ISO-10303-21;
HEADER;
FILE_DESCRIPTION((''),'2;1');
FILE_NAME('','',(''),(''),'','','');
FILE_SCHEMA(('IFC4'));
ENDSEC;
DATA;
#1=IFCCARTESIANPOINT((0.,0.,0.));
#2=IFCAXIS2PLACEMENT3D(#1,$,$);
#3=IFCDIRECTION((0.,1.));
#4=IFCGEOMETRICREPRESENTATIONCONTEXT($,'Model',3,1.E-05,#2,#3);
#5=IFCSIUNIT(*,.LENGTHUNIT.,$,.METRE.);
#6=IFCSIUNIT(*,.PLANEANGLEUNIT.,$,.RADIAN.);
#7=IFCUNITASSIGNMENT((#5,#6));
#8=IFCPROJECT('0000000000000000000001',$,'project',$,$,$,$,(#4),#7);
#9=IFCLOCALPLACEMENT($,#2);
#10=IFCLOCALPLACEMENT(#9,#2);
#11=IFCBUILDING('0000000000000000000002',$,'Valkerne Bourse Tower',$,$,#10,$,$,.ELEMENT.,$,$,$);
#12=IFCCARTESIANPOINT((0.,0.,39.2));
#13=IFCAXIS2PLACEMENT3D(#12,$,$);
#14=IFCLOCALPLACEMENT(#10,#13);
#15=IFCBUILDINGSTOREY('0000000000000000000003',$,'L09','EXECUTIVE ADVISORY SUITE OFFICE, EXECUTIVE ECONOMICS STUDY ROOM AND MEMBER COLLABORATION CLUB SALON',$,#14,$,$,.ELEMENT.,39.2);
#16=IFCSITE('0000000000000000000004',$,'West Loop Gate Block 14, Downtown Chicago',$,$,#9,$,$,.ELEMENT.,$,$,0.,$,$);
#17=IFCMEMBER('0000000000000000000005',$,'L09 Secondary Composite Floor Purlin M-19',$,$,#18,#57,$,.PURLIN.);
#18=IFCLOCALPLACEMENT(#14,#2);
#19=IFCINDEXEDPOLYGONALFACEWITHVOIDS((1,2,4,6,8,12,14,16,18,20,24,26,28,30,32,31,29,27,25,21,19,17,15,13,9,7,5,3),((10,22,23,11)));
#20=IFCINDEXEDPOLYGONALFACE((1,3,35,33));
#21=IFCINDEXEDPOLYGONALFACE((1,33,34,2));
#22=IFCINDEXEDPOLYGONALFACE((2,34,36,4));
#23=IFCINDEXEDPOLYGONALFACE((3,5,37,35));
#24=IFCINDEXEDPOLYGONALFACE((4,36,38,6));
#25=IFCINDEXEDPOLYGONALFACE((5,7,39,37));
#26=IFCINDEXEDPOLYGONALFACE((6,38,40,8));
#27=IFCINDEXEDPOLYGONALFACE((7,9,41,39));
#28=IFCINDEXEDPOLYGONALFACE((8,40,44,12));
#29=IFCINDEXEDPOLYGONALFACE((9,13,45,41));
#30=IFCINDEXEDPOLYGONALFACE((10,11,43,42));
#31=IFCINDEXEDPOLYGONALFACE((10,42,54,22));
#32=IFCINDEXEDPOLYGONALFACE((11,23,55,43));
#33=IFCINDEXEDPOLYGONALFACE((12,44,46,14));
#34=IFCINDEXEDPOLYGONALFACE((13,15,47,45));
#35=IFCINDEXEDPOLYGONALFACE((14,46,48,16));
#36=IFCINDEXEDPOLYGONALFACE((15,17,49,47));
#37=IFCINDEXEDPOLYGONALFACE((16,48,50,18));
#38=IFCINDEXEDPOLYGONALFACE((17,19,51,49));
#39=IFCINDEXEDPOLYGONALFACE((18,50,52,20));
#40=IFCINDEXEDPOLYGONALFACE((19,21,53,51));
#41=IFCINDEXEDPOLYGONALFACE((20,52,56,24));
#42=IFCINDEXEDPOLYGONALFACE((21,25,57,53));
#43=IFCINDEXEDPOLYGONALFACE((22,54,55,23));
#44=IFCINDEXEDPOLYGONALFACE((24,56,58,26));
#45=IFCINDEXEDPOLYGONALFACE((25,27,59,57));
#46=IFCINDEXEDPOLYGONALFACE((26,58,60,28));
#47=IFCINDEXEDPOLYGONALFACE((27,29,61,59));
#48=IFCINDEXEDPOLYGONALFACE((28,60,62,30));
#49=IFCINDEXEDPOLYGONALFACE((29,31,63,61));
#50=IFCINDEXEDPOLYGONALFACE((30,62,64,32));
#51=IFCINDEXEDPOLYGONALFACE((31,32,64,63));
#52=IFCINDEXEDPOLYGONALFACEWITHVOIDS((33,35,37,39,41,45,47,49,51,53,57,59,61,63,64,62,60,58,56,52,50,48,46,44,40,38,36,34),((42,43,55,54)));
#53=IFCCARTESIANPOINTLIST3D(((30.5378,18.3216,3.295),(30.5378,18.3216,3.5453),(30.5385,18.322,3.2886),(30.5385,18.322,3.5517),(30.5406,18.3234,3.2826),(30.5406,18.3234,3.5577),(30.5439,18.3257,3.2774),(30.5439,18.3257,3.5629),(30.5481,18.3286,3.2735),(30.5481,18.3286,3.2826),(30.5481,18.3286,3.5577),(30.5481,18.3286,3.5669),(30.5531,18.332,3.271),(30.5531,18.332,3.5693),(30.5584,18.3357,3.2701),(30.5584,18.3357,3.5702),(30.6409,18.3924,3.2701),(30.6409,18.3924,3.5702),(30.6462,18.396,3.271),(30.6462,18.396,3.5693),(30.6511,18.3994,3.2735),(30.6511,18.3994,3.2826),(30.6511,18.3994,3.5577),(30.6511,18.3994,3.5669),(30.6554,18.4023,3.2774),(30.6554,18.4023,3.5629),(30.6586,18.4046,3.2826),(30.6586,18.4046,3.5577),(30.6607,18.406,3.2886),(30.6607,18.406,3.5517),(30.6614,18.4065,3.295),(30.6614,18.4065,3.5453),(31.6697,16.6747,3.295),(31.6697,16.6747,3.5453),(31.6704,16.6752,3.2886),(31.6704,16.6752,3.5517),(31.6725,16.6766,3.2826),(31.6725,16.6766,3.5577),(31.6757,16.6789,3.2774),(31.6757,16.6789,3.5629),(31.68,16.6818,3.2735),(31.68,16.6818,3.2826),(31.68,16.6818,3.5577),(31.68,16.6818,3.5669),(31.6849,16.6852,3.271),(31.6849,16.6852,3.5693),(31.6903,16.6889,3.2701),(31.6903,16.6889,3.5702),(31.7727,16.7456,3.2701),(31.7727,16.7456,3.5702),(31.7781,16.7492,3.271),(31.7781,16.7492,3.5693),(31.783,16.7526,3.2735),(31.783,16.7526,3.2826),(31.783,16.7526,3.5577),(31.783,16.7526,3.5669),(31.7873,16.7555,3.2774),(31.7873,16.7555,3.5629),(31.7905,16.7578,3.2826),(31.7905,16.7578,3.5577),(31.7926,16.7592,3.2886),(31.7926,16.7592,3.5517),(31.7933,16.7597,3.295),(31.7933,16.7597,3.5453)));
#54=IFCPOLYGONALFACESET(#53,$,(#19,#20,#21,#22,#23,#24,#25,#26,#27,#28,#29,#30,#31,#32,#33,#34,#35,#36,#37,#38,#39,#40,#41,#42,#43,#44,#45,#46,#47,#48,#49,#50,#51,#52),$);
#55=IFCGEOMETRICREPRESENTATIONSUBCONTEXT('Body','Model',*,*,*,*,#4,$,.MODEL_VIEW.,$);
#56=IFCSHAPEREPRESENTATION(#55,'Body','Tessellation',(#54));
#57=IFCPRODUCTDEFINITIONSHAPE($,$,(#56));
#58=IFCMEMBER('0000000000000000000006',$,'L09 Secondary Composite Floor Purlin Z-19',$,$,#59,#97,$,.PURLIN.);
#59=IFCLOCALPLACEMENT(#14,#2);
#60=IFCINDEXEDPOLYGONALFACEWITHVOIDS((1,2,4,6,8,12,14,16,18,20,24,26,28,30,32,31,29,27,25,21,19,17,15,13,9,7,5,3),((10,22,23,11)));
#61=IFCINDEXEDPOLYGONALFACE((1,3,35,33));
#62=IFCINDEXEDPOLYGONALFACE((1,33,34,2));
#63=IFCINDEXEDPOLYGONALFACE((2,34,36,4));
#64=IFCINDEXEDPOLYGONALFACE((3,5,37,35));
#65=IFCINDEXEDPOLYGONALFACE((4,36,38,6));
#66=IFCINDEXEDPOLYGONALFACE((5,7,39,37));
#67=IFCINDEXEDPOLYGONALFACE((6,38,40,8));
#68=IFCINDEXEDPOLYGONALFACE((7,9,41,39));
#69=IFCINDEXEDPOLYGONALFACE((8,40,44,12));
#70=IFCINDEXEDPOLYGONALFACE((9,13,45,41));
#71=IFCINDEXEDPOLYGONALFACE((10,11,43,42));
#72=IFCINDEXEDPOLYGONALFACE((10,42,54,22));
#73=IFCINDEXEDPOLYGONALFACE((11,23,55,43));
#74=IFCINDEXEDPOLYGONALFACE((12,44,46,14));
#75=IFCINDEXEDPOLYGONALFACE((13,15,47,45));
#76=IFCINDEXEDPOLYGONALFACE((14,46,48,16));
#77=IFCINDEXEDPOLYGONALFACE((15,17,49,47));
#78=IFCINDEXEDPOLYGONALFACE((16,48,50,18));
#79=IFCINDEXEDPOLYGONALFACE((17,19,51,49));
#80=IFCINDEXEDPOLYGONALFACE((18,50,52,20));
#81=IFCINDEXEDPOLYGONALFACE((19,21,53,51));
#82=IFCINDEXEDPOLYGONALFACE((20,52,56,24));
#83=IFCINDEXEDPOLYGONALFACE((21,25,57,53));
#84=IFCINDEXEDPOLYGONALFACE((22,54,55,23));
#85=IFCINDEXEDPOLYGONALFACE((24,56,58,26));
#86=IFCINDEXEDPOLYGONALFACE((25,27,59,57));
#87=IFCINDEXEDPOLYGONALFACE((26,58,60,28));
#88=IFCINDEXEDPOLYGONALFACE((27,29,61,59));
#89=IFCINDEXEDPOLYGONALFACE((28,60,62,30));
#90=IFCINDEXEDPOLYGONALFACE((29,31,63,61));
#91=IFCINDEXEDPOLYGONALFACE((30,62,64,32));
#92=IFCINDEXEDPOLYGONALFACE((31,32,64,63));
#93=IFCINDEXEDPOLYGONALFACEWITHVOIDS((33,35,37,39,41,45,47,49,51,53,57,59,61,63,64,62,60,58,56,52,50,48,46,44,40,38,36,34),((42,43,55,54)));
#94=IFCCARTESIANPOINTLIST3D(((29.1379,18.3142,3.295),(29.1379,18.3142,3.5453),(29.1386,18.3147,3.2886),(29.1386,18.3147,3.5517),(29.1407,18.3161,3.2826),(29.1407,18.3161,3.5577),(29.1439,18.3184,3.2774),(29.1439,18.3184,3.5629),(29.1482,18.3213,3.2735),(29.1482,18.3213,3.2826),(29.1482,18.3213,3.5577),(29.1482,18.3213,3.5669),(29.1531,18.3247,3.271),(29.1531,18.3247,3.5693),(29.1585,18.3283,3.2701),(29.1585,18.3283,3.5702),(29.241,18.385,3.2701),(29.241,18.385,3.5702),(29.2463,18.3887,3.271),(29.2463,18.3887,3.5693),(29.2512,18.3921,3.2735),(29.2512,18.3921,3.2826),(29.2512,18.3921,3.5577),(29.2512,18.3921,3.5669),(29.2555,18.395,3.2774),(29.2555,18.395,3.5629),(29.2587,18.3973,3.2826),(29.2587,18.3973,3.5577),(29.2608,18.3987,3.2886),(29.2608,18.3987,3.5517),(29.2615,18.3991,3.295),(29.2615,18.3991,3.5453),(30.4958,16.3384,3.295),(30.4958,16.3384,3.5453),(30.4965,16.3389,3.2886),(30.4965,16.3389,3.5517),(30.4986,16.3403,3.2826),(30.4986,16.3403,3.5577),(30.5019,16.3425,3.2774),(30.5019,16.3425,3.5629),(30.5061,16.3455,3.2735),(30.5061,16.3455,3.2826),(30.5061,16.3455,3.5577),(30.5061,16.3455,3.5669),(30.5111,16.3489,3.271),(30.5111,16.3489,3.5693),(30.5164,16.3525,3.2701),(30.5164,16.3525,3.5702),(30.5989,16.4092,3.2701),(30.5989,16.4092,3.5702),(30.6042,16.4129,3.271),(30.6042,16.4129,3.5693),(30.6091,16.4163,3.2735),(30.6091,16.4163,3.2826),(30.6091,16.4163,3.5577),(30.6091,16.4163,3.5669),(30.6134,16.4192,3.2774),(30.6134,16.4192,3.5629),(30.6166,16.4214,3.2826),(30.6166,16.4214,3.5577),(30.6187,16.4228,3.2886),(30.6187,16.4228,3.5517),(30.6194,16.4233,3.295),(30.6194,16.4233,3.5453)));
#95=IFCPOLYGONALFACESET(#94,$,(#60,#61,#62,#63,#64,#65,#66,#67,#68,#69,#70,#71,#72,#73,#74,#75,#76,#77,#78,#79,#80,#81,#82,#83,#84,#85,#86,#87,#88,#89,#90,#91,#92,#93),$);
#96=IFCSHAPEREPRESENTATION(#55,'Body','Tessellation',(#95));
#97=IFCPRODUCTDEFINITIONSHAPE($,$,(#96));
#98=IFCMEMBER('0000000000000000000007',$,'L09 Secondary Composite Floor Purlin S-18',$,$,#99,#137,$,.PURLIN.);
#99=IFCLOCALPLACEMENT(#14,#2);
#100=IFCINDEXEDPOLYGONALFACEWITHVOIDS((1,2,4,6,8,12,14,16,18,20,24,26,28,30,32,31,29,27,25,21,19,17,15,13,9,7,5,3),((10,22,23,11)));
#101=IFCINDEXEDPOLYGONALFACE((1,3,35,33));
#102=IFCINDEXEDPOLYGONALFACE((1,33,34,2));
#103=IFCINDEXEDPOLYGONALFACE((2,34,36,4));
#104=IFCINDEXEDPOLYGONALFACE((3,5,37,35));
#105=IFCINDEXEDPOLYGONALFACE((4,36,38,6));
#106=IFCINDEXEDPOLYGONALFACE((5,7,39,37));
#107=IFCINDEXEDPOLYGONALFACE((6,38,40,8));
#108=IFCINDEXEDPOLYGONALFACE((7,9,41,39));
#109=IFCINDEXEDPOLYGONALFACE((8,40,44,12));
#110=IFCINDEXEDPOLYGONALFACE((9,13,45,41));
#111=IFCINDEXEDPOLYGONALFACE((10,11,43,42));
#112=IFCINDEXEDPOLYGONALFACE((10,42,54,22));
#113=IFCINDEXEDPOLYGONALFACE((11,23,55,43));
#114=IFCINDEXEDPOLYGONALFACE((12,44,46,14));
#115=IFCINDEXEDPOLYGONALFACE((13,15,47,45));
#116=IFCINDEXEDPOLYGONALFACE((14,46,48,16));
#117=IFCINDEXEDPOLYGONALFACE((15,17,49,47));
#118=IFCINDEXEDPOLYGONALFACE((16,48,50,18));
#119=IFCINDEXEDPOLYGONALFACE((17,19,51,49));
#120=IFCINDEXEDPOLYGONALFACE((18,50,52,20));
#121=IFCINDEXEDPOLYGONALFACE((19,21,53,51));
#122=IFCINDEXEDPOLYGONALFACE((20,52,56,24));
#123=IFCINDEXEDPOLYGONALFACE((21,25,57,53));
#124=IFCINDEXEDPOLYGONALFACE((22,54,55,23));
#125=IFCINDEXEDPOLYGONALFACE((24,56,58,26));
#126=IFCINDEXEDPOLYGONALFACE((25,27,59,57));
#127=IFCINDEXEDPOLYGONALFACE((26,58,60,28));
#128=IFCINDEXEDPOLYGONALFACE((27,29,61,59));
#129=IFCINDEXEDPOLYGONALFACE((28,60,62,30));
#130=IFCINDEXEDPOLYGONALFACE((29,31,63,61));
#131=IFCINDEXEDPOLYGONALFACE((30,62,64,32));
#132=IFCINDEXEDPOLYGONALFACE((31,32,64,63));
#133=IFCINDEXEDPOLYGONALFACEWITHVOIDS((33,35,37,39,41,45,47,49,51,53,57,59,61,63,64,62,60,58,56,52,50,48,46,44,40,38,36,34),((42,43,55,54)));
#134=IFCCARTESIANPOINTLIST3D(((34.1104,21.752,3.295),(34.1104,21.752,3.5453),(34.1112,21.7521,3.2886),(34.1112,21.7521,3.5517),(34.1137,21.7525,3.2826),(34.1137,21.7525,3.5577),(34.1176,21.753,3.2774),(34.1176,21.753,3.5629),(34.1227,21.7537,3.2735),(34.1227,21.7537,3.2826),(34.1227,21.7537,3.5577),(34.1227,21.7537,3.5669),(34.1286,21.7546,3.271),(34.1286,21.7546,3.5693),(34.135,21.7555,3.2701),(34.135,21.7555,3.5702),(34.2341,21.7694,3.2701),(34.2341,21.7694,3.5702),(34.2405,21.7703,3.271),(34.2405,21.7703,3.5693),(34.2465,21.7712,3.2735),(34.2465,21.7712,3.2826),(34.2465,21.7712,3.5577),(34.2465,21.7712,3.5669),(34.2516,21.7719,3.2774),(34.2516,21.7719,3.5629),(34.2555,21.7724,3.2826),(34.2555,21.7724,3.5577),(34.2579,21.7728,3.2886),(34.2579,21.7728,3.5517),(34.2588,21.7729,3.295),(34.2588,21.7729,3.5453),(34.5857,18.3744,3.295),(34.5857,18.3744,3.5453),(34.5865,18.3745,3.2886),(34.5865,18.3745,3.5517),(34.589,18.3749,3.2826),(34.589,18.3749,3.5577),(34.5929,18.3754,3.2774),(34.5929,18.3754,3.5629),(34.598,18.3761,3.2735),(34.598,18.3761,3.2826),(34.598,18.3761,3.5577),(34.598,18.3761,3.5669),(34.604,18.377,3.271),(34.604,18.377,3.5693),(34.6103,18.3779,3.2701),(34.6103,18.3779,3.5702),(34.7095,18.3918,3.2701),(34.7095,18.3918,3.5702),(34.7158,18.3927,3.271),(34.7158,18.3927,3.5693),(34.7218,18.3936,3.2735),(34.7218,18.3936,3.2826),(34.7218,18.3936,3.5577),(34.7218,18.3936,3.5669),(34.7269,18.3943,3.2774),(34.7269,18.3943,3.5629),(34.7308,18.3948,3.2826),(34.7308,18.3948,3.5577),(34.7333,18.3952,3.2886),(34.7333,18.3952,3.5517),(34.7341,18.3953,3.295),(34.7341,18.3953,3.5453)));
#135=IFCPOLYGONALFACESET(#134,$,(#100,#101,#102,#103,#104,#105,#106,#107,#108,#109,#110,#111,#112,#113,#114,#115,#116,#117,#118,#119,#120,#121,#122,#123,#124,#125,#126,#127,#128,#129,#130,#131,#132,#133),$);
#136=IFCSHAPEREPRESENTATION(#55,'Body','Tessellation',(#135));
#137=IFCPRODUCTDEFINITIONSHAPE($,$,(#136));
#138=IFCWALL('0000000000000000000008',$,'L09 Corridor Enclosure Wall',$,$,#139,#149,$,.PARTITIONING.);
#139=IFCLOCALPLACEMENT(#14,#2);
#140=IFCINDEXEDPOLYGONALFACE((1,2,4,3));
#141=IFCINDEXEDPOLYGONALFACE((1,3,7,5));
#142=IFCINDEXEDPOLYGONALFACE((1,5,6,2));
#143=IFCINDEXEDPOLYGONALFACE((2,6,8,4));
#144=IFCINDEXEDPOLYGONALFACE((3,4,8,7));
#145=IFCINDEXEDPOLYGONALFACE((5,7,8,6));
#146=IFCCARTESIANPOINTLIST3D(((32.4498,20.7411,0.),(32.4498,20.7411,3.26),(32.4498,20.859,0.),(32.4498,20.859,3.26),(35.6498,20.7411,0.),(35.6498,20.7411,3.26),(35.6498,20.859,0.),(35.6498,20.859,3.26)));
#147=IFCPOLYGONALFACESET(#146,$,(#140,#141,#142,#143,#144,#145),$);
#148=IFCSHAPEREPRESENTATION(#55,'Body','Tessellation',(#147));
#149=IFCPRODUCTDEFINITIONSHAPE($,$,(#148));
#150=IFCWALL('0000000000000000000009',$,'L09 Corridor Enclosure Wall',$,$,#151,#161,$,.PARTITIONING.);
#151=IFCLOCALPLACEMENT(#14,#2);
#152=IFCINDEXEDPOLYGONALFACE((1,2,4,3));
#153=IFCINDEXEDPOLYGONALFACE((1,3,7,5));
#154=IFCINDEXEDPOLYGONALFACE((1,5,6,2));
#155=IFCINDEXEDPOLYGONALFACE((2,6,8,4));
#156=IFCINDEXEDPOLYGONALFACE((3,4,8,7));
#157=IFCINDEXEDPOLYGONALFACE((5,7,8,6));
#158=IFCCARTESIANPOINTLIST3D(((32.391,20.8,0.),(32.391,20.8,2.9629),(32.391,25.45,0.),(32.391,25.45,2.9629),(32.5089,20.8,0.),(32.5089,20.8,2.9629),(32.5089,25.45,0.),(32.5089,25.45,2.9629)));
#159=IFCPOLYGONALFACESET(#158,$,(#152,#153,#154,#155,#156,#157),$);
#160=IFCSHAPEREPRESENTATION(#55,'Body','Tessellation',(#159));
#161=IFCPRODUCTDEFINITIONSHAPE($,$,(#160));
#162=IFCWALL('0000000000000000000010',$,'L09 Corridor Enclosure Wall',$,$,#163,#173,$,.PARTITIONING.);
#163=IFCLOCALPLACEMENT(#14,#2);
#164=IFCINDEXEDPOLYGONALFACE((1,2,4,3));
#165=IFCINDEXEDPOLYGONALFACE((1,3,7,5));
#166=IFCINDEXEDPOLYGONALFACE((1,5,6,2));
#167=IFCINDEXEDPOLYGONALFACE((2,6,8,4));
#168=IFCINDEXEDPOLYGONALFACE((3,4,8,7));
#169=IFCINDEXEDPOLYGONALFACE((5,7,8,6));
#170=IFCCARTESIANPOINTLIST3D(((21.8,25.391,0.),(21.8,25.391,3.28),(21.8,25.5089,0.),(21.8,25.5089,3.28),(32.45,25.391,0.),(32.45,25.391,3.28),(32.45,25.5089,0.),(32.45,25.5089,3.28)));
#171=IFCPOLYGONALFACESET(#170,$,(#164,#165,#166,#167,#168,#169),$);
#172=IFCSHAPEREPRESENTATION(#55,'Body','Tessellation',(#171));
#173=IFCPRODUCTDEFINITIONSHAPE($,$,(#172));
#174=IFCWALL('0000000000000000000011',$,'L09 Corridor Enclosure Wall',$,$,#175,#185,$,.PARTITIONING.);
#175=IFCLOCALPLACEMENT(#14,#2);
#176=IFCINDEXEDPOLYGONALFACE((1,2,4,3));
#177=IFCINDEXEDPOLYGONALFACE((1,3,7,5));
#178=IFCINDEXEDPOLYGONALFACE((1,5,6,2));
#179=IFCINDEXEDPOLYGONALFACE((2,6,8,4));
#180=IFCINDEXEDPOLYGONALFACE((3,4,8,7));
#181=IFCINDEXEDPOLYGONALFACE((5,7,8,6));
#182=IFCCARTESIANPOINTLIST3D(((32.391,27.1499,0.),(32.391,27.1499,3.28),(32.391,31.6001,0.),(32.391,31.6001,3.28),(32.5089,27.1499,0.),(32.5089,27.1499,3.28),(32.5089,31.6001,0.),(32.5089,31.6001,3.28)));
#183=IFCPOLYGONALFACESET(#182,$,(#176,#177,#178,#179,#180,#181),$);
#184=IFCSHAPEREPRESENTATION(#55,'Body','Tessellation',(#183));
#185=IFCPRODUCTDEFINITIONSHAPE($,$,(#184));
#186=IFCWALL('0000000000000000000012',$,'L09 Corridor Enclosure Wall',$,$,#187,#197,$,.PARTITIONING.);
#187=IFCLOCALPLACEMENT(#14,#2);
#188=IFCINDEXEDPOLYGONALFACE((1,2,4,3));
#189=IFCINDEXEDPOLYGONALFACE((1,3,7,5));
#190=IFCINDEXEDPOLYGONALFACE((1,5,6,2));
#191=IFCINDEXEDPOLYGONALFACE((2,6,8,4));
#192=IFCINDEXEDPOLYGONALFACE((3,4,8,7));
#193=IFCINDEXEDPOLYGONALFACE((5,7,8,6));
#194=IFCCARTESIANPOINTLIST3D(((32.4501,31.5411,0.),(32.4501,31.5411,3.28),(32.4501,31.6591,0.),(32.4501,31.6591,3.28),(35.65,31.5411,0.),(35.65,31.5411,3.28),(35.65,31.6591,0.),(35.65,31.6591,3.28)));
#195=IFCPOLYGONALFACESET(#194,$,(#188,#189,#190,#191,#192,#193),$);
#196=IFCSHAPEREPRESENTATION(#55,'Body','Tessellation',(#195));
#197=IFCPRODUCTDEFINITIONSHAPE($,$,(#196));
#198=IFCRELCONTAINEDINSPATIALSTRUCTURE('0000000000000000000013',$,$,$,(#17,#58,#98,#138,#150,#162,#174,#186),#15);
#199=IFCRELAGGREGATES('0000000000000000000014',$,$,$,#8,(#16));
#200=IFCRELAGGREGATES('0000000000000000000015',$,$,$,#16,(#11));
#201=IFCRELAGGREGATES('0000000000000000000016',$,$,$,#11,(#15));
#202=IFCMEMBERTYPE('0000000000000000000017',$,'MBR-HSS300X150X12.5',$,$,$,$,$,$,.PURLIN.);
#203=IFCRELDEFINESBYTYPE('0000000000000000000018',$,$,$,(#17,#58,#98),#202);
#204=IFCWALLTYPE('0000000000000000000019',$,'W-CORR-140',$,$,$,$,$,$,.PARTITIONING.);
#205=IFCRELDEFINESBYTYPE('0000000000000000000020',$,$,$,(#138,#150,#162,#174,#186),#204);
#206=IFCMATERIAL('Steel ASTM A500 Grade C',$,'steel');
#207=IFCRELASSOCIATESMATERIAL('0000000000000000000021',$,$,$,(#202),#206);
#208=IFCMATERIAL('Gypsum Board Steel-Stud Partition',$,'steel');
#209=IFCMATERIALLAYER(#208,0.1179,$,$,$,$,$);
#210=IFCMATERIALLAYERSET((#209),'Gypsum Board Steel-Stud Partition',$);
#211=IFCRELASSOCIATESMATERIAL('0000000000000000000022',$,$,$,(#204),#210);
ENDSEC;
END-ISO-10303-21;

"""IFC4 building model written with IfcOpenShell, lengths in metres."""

from ifc_helpers import new_model, si_unit, direction, frame, frame_2d, origin, origin_2d, place, context, subcontext, project, spatial, rectangle, hollow_rectangle, extrude, material, layer, layer_set, material_profile, profile_set, type_object, element, save


model = new_model("IFC4")

# Units and contexts
model_context = context("Model", 3, precision=1e-05, world=origin(), true_north=direction((0.0, 1.0)))
body_context = subcontext(model_context, "Body", "Model", "MODEL_VIEW")
ifc_project = project(units=[si_unit("LENGTHUNIT", "METRE"), si_unit("PLANEANGLEUNIT", "RADIAN")], contexts=[model_context])

# Site, building, storey
site_placement = place(None, origin())
site = spatial("IfcSite", under=ifc_project, at=site_placement, Name="West Loop Gate Block 14, Downtown Chicago", CompositionType="ELEMENT", RefElevation=0.0)
building_placement = place(site_placement, origin())
building = spatial("IfcBuilding", under=site, at=building_placement, Name="Valkerne Bourse Tower", CompositionType="ELEMENT")
storey_placement = place(building_placement, frame((0.0, 0.0, 39.2)))
storey = spatial("IfcBuildingStorey", under=building, at=storey_placement, Name="L09", Description="EXECUTIVE ADVISORY SUITE OFFICE, EXECUTIVE ECONOMICS STUDY ROOM AND MEMBER COLLABORATION CLUB SALON", CompositionType="ELEMENT", Elevation=39.2)

# Members
ifc_material_1 = material(Name="Steel ASTM A500 Grade C", Category="steel")
ifc_material_profile = material_profile(ifc_material_1, hollow_rectangle(XDim=0.1499, YDim=0.3, WallThickness=0.0125, OuterFilletRadius=0.0249, at=origin_2d()), Name="HSS300X150X12.5")
ifc_profile_set = profile_set([ifc_material_profile], Name="Steel ASTM A500 Grade C")
member_type = type_object("IfcMemberType", Name="MBR-HSS300X150X12.5", PredefinedType="PURLIN", material=ifc_profile_set)
member_1_placement = place(storey_placement, frame((30.5996, 18.364, 3.4202), z_axis=(0.56643, -0.82411, 0.0), x_axis=(0.82411, 0.56643, 0.0)))
element("IfcMember", 1, at=member_1_placement, inside=storey, type_object=member_type, Name="L09 Secondary Composite Floor Purlin M-19", PredefinedType="PURLIN", context=body_context, shape_type="SweptSolid", body=[
    extrude(hollow_rectangle(XDim=0.1499, YDim=0.3, WallThickness=0.0125, OuterFilletRadius=0.0249, at=origin_2d()), origin(), (0.0, 0.0, 1.0), 1.9983),
])
member_2_placement = place(storey_placement, frame((29.1997, 18.3567, 3.4202), z_axis=(0.566395, -0.824134, 0.0), x_axis=(0.824134, 0.566395, 0.0)))
element("IfcMember", 2, at=member_2_placement, inside=storey, type_object=member_type, Name="L09 Secondary Composite Floor Purlin Z-19", PredefinedType="PURLIN", context=body_context, shape_type="SweptSolid", body=[
    extrude(hollow_rectangle(XDim=0.1499, YDim=0.3, WallThickness=0.0125, OuterFilletRadius=0.0249, at=origin_2d()), origin(), (0.0, 0.0, 1.0), 2.3975),
])
member_3_placement = place(storey_placement, frame((34.1846, 21.7625, 3.4202), z_axis=(0.139357, -0.990242, 0.0), x_axis=(0.990242, 0.139357, 0.0)))
element("IfcMember", 3, at=member_3_placement, inside=storey, type_object=member_type, Name="L09 Secondary Composite Floor Purlin S-18", PredefinedType="PURLIN", context=body_context, shape_type="SweptSolid", body=[
    extrude(hollow_rectangle(XDim=0.1499, YDim=0.3, WallThickness=0.0125, OuterFilletRadius=0.0249, at=origin_2d()), origin(), (0.0, 0.0, 1.0), 3.4109),
])

# Walls
ifc_material_2 = material(Name="Gypsum Board Steel-Stud Partition", Category="steel")
ifc_layer_1 = layer(ifc_material_2, 0.1179)
ifc_layer_set_1 = layer_set([ifc_layer_1], Name="Gypsum Board Steel-Stud Partition")
wall_type_1 = type_object("IfcWallType", Name="W-CORR-140", PredefinedType="PARTITIONING", material=ifc_layer_set_1)
wall_1_placement = place(storey_placement, frame((35.6499, 20.8, 0.0), z_axis=(0.0, 0.0, 1.0), x_axis=(-1.0, 0.0, 0.0)))
element("IfcWall", 4, at=wall_1_placement, inside=storey, type_object=wall_type_1, Name="L09 Corridor Enclosure Wall", PredefinedType="PARTITIONING", context=body_context, shape_type="SweptSolid", body=[
    extrude(rectangle(XDim=3.2, YDim=0.1179, at=frame_2d((1.6001, 0.0))), origin(), (0.0, 0.0, 1.0), 3.26),
])
wall_2_placement = place(storey_placement, frame((32.45, 20.8, 0.0), z_axis=(0.0, 0.0, 1.0), x_axis=(0.0, 1.0, 0.0)))
element("IfcWall", 5, at=wall_2_placement, inside=storey, type_object=wall_type_1, Name="L09 Corridor Enclosure Wall", PredefinedType="PARTITIONING", context=body_context, shape_type="SweptSolid", body=[
    extrude(rectangle(XDim=4.6499, YDim=0.1179, at=frame_2d((2.325, 0.0))), origin(), (0.0, 0.0, 1.0), 2.9629),
])
wall_3_placement = place(storey_placement, frame((32.45, 25.45, 0.0), z_axis=(0.0, 0.0, 1.0), x_axis=(-1.0, 0.0, 0.0)))
element("IfcWall", 6, at=wall_3_placement, inside=storey, type_object=wall_type_1, Name="L09 Corridor Enclosure Wall", PredefinedType="PARTITIONING", context=body_context, shape_type="SweptSolid", body=[
    extrude(rectangle(XDim=10.6499, YDim=0.1179, at=frame_2d((5.325, 0.0))), origin(), (0.0, 0.0, 1.0), 3.28),
])
wall_4_placement = place(storey_placement, frame((32.45, 27.1499, 0.0), z_axis=(0.0, 0.0, 1.0), x_axis=(0.0, 1.0, 0.0)))
element("IfcWall", 7, at=wall_4_placement, inside=storey, type_object=wall_type_1, Name="L09 Corridor Enclosure Wall", PredefinedType="PARTITIONING", context=body_context, shape_type="SweptSolid", body=[
    extrude(rectangle(XDim=4.4502, YDim=0.1179, at=frame_2d((2.2251, 0.0))), origin(), (0.0, 0.0, 1.0), 3.28),
])
wall_5_placement = place(storey_placement, frame((32.45, 31.6001, 0.0), z_axis=(0.0, 0.0, 1.0), x_axis=(1.0, 0.0, 0.0)))
element("IfcWall", 8, at=wall_5_placement, inside=storey, type_object=wall_type_1, Name="L09 Corridor Enclosure Wall", PredefinedType="PARTITIONING", context=body_context, shape_type="SweptSolid", body=[
    extrude(rectangle(XDim=3.2, YDim=0.1179, at=frame_2d((1.6001, 0.0))), origin(), (0.0, 0.0, 1.0), 3.28),
])

save(model, "model.ifc")
